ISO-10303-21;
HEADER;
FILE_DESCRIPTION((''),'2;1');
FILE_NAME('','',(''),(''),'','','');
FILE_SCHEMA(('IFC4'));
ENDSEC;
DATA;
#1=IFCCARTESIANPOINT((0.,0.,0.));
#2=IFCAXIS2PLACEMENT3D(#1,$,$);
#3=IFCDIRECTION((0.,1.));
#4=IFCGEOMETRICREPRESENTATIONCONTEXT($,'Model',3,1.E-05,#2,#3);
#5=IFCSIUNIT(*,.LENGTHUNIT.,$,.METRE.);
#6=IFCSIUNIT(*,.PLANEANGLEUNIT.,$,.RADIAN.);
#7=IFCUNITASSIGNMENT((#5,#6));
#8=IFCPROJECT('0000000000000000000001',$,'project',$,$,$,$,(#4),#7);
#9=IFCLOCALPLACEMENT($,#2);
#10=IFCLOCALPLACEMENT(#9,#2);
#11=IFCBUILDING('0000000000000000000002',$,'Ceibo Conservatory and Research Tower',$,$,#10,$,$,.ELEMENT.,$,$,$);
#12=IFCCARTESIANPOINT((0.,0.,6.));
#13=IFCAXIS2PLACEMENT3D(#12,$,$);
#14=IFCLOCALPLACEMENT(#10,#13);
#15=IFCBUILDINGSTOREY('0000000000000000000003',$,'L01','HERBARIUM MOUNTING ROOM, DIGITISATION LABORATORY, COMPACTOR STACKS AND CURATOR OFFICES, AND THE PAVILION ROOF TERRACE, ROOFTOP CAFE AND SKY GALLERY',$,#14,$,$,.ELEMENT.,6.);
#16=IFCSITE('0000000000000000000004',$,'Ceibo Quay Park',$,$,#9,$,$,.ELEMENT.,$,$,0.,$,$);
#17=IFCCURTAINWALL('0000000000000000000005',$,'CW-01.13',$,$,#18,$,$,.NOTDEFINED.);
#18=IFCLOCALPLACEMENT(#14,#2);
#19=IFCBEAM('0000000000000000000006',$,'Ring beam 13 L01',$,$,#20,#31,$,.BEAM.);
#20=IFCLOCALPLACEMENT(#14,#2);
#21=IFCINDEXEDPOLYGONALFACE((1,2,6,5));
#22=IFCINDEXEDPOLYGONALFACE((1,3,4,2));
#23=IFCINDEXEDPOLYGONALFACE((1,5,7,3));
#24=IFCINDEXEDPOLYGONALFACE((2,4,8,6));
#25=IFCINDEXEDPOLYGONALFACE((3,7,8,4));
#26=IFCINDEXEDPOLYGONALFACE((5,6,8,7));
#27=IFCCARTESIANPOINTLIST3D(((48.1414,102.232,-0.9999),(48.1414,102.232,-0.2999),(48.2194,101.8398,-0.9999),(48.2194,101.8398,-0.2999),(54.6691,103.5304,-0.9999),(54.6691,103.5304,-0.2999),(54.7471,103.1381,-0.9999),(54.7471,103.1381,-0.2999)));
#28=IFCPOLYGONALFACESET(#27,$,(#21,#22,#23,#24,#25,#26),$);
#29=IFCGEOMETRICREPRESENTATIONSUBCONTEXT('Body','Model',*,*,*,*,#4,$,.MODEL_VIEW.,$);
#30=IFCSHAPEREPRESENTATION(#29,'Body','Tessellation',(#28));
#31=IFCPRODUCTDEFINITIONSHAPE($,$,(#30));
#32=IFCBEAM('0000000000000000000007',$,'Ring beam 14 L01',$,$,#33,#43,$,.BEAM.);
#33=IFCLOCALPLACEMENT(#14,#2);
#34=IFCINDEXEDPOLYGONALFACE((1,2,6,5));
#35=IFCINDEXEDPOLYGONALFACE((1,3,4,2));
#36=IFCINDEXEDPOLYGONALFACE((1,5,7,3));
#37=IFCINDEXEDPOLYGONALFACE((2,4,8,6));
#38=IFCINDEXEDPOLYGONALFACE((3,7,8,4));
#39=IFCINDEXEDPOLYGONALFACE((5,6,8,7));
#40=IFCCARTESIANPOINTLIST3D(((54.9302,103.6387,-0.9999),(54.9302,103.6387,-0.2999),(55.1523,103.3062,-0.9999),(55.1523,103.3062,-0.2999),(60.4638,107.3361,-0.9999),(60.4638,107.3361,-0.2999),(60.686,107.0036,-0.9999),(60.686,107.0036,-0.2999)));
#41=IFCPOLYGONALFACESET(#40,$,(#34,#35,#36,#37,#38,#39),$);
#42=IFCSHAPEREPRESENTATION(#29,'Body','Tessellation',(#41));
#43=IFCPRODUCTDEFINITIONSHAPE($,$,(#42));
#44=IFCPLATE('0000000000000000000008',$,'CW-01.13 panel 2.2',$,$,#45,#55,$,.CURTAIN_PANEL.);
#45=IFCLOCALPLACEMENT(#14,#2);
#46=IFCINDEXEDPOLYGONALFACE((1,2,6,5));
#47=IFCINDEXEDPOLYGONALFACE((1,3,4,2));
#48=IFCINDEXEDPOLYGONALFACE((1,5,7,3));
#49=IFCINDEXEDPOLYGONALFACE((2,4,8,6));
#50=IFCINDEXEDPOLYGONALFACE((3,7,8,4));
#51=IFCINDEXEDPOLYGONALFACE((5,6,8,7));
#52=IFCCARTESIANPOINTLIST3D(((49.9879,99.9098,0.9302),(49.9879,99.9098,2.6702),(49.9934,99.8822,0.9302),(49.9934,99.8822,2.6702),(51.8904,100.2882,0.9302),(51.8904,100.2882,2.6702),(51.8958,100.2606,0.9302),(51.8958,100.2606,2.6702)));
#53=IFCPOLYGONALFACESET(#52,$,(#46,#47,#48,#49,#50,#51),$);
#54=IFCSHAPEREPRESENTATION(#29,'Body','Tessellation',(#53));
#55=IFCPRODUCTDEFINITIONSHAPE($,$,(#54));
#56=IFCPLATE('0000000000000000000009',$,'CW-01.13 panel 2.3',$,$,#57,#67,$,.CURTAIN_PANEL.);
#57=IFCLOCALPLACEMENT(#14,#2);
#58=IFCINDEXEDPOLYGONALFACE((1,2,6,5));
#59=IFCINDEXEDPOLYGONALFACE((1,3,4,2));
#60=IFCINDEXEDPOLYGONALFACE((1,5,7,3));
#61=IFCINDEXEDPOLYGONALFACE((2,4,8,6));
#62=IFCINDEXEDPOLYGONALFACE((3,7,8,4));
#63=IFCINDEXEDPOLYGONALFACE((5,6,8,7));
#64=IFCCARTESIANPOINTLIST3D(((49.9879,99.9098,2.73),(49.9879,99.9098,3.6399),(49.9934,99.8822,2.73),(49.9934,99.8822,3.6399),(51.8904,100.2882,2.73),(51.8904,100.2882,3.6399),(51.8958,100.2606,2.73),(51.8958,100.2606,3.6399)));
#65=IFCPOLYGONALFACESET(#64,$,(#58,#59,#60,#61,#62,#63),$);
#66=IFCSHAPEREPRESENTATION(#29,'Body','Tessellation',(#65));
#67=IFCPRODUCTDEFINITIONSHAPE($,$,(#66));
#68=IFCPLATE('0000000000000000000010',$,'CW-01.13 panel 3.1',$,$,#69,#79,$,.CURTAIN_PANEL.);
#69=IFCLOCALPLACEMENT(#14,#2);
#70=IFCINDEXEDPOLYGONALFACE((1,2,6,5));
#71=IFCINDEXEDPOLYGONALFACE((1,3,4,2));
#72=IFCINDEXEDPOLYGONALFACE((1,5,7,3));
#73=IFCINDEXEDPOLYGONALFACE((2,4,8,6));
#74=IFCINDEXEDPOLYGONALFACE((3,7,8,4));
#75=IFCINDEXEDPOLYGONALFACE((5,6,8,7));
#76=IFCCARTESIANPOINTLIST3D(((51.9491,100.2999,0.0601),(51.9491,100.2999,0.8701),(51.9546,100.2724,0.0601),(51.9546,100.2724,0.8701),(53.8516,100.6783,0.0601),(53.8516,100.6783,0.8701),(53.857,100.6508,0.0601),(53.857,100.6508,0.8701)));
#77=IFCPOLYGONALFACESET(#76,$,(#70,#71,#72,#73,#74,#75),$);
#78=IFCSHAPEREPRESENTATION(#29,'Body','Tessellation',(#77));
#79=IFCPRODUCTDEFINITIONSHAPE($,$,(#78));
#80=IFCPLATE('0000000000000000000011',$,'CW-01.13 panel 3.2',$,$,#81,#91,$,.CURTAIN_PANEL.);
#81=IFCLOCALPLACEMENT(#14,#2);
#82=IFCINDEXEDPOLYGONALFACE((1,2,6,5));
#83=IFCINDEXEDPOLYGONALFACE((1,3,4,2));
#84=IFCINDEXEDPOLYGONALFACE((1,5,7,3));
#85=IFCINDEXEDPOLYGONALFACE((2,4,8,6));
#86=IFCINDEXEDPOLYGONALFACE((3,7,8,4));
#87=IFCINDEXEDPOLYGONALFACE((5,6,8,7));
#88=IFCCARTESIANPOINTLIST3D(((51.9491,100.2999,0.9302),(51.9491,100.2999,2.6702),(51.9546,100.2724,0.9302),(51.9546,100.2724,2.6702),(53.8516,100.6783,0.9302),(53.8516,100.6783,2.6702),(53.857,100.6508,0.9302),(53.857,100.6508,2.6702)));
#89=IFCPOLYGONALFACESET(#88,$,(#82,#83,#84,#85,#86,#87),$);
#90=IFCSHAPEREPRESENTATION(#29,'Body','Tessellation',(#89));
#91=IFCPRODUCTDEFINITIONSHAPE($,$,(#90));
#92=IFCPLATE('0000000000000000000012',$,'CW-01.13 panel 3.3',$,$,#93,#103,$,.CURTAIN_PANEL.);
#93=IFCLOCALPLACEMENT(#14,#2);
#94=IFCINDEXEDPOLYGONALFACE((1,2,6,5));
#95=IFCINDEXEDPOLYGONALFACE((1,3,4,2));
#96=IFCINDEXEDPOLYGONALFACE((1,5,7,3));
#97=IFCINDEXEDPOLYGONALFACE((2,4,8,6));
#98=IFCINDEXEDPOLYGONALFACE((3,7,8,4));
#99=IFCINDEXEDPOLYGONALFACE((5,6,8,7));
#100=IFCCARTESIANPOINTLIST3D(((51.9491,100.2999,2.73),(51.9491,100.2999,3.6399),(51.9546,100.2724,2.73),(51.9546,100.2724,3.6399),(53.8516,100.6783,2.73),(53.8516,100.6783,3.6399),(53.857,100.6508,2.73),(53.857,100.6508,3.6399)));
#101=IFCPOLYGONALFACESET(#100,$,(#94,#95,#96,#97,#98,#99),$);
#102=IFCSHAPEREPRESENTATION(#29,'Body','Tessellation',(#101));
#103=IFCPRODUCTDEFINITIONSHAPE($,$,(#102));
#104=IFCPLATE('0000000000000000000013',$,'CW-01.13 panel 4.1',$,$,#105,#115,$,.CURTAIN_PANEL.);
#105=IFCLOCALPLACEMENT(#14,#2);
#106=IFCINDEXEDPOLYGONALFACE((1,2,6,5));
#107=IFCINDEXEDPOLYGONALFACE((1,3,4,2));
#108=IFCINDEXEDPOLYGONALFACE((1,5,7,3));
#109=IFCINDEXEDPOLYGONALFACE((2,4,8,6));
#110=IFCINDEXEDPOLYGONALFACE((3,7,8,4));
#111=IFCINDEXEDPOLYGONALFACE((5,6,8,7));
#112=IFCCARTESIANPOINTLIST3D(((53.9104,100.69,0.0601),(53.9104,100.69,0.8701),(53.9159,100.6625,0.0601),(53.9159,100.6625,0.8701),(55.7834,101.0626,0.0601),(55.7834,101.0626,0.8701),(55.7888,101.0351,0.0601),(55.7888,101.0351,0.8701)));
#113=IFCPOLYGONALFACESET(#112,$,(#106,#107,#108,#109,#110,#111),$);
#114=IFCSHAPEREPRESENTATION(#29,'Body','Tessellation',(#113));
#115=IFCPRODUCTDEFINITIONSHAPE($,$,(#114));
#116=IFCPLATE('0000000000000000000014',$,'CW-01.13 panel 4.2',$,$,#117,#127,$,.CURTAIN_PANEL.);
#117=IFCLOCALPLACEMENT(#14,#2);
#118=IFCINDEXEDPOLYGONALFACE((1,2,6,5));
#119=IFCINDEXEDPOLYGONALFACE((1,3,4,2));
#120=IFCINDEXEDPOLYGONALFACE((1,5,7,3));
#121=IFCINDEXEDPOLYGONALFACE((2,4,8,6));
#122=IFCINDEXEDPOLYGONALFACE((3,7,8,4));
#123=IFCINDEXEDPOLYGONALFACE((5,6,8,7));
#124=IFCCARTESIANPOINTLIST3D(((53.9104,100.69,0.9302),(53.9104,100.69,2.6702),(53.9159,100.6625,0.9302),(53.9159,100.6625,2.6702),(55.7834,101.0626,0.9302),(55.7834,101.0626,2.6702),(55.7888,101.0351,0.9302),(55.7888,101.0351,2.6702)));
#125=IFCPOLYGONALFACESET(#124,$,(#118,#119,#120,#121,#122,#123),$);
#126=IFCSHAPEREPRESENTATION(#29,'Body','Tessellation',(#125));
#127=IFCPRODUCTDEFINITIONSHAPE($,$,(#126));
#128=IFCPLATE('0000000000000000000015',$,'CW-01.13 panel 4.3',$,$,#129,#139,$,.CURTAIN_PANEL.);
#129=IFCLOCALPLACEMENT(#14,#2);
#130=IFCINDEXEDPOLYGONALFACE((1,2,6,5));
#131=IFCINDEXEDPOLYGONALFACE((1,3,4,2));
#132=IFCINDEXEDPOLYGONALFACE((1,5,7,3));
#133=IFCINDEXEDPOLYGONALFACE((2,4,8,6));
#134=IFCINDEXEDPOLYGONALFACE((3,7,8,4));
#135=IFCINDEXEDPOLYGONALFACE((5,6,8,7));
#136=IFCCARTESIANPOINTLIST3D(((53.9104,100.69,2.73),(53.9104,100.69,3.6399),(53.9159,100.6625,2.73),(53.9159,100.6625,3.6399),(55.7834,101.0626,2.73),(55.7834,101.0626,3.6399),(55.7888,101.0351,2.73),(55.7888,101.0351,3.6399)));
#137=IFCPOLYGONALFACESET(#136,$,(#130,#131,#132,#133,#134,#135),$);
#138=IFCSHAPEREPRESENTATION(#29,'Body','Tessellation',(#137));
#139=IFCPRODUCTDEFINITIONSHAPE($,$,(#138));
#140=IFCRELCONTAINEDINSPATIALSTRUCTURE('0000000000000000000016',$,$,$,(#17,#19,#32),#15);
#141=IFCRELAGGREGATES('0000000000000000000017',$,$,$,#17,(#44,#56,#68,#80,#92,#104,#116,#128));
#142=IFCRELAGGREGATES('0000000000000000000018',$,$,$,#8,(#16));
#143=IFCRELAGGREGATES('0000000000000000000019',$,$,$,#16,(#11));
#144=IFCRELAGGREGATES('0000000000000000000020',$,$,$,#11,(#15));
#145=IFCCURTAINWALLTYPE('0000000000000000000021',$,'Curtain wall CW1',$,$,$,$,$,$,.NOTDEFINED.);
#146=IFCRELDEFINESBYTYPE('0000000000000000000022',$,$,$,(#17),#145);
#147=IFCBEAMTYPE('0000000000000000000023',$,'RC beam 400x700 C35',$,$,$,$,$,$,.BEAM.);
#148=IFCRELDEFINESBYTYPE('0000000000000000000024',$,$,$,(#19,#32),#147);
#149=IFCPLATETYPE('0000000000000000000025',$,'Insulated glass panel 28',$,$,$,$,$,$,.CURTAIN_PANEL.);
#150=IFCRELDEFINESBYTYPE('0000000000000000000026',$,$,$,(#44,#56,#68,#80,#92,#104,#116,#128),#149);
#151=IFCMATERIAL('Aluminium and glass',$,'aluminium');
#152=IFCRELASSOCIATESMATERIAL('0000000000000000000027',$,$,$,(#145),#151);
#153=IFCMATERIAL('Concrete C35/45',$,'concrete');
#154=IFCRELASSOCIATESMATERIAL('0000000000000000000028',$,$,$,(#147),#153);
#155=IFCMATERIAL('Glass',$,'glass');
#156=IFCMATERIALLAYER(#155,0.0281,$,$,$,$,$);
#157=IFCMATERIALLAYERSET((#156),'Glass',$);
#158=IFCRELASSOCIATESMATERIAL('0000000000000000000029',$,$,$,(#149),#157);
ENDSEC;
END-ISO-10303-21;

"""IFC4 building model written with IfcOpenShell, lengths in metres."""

from ifc_helpers import new_model, si_unit, direction, frame, origin, origin_2d, place, context, subcontext, project, spatial, rectangle, extrude, material, layer, layer_set, material_profile, profile_set, type_object, element, aggregate, save


model = new_model("IFC4")

# Units and contexts
model_context = context("Model", 3, precision=1e-05, world=origin(), true_north=direction((0.0, 1.0)))
body_context = subcontext(model_context, "Body", "Model", "MODEL_VIEW")
ifc_project = project(units=[si_unit("LENGTHUNIT", "METRE"), si_unit("PLANEANGLEUNIT", "RADIAN")], contexts=[model_context])

# Site, building, storey
site_placement = place(None, origin())
site = spatial("IfcSite", under=ifc_project, at=site_placement, Name="Ceibo Quay Park", CompositionType="ELEMENT", RefElevation=0.0)
building_placement = place(site_placement, origin())
building = spatial("IfcBuilding", under=site, at=building_placement, Name="Ceibo Conservatory and Research Tower", CompositionType="ELEMENT")
storey_placement = place(building_placement, frame((0.0, 0.0, 6.0)))
storey = spatial("IfcBuildingStorey", under=building, at=storey_placement, Name="L01", Description="HERBARIUM MOUNTING ROOM, DIGITISATION LABORATORY, COMPACTOR STACKS AND CURATOR OFFICES, AND THE PAVILION ROOF TERRACE, ROOFTOP CAFE AND SKY GALLERY", CompositionType="ELEMENT", Elevation=6.0)

# Curtain wall
ifc_material_1 = material(Name="Aluminium and glass", Category="aluminium")
curtain_wall_type = type_object("IfcCurtainWallType", Name="Curtain wall CW1", PredefinedType="NOTDEFINED", material=ifc_material_1)
curtain_wall_placement = place(storey_placement, origin())
curtain_wall = element("IfcCurtainWall", 1, at=curtain_wall_placement, inside=storey, type_object=curtain_wall_type, Name="CW-01.13", PredefinedType="NOTDEFINED")

# Beams
ifc_material_2 = material(Name="Concrete C35/45", Category="concrete")
ifc_material_profile_1 = material_profile(ifc_material_2, rectangle(XDim=0.3999, YDim=0.7, at=origin_2d()), Name="RC 400x700")
ifc_profile_set_1 = profile_set([ifc_material_profile_1], Name="Concrete C35/45")
beam_type = type_object("IfcBeamType", Name="RC beam 400x700 C35", PredefinedType="BEAM", material=ifc_profile_set_1)
beam_1_placement = place(storey_placement, frame((48.1804, 102.0359, -0.6499), z_axis=(0.980788, 0.195079, 0.0), x_axis=(-0.195079, 0.980788, 0.0)))
element("IfcBeam", 2, at=beam_1_placement, inside=storey, type_object=beam_type, Name="Ring beam 13 L01", PredefinedType="BEAM", context=body_context, shape_type="SweptSolid", body=[
    extrude(rectangle(XDim=0.3999, YDim=0.7, at=origin_2d()), origin(), (0.0, 0.0, 1.0), 6.6555),
])
beam_2_placement = place(storey_placement, frame((55.0413, 103.4724, -0.6499), z_axis=(0.831469, 0.555572, 0.0), x_axis=(-0.555572, 0.831469, 0.0)))
element("IfcBeam", 3, at=beam_2_placement, inside=storey, type_object=beam_type, Name="Ring beam 14 L01", PredefinedType="BEAM", context=body_context, shape_type="SweptSolid", body=[
    extrude(rectangle(XDim=0.3999, YDim=0.7, at=origin_2d()), origin(), (0.0, 0.0, 1.0), 6.6553),
])

# Plates
ifc_material_3 = material(Name="Glass", Category="glass")
ifc_layer = layer(ifc_material_3, 0.0281)
ifc_layer_set = layer_set([ifc_layer], Name="Glass")
plate_type = type_object("IfcPlateType", Name="Insulated glass panel 28", PredefinedType="CURTAIN_PANEL", material=ifc_layer_set)
plate_1_placement = place(storey_placement, frame((50.9419, 100.0852, 0.9302), z_axis=(0.0, 0.0, 1.0), x_axis=(0.980785, 0.19509, 0.0)))
plate_1 = element("IfcPlate", 4, at=plate_1_placement, type_object=plate_type, Name="CW-01.13 panel 2.2", PredefinedType="CURTAIN_PANEL", context=body_context, shape_type="SweptSolid", body=[
    extrude(rectangle(XDim=1.9397, YDim=0.0281, at=origin_2d()), origin(), (0.0, 0.0, 1.0), 1.74),
])
plate_2_placement = place(storey_placement, frame((50.9419, 100.0852, 2.73), z_axis=(0.0, 0.0, 1.0), x_axis=(0.980785, 0.19509, 0.0)))
plate_2 = element("IfcPlate", 5, at=plate_2_placement, type_object=plate_type, Name="CW-01.13 panel 2.3", PredefinedType="CURTAIN_PANEL", context=body_context, shape_type="SweptSolid", body=[
    extrude(rectangle(XDim=1.9397, YDim=0.0281, at=origin_2d()), origin(), (0.0, 0.0, 1.0), 0.9099),
])
plate_3_placement = place(storey_placement, frame((52.9031, 100.4753, 0.0601), z_axis=(0.0, 0.0, 1.0), x_axis=(0.980785, 0.19509, 0.0)))
plate_3 = element("IfcPlate", 6, at=plate_3_placement, type_object=plate_type, Name="CW-01.13 panel 3.1", PredefinedType="CURTAIN_PANEL", context=body_context, shape_type="SweptSolid", body=[
    extrude(rectangle(XDim=1.9397, YDim=0.0281, at=origin_2d()), origin(), (0.0, 0.0, 1.0), 0.8101),
])
plate_4_placement = place(storey_placement, frame((52.9031, 100.4753, 0.9302), z_axis=(0.0, 0.0, 1.0), x_axis=(0.980785, 0.19509, 0.0)))
plate_4 = element("IfcPlate", 7, at=plate_4_placement, type_object=plate_type, Name="CW-01.13 panel 3.2", PredefinedType="CURTAIN_PANEL", context=body_context, shape_type="SweptSolid", body=[
    extrude(rectangle(XDim=1.9397, YDim=0.0281, at=origin_2d()), origin(), (0.0, 0.0, 1.0), 1.74),
])
plate_5_placement = place(storey_placement, frame((52.9031, 100.4753, 2.73), z_axis=(0.0, 0.0, 1.0), x_axis=(0.980785, 0.19509, 0.0)))
plate_5 = element("IfcPlate", 8, at=plate_5_placement, type_object=plate_type, Name="CW-01.13 panel 3.3", PredefinedType="CURTAIN_PANEL", context=body_context, shape_type="SweptSolid", body=[
    extrude(rectangle(XDim=1.9397, YDim=0.0281, at=origin_2d()), origin(), (0.0, 0.0, 1.0), 0.9099),
])
plate_6_placement = place(storey_placement, frame((54.8496, 100.8625, 0.0601), z_axis=(0.0, 0.0, 1.0), x_axis=(0.980785, 0.19509, 0.0)))
plate_6 = element("IfcPlate", 9, at=plate_6_placement, type_object=plate_type, Name="CW-01.13 panel 4.1", PredefinedType="CURTAIN_PANEL", context=body_context, shape_type="SweptSolid", body=[
    extrude(rectangle(XDim=1.9097, YDim=0.0281, at=origin_2d()), origin(), (0.0, 0.0, 1.0), 0.8101),
])
plate_7_placement = place(storey_placement, frame((54.8496, 100.8625, 0.9302), z_axis=(0.0, 0.0, 1.0), x_axis=(0.980785, 0.19509, 0.0)))
plate_7 = element("IfcPlate", 10, at=plate_7_placement, type_object=plate_type, Name="CW-01.13 panel 4.2", PredefinedType="CURTAIN_PANEL", context=body_context, shape_type="SweptSolid", body=[
    extrude(rectangle(XDim=1.9097, YDim=0.0281, at=origin_2d()), origin(), (0.0, 0.0, 1.0), 1.74),
])
plate_8_placement = place(storey_placement, frame((54.8496, 100.8625, 2.73), z_axis=(0.0, 0.0, 1.0), x_axis=(0.980785, 0.19509, 0.0)))
plate_8 = element("IfcPlate", 11, at=plate_8_placement, type_object=plate_type, Name="CW-01.13 panel 4.3", PredefinedType="CURTAIN_PANEL", context=body_context, shape_type="SweptSolid", body=[
    extrude(rectangle(XDim=1.9097, YDim=0.0281, at=origin_2d()), origin(), (0.0, 0.0, 1.0), 0.9099),
])
aggregate(curtain_wall, [plate_1, plate_2, plate_3, plate_4, plate_5, plate_6, plate_7, plate_8])

save(model, "model.ifc")
